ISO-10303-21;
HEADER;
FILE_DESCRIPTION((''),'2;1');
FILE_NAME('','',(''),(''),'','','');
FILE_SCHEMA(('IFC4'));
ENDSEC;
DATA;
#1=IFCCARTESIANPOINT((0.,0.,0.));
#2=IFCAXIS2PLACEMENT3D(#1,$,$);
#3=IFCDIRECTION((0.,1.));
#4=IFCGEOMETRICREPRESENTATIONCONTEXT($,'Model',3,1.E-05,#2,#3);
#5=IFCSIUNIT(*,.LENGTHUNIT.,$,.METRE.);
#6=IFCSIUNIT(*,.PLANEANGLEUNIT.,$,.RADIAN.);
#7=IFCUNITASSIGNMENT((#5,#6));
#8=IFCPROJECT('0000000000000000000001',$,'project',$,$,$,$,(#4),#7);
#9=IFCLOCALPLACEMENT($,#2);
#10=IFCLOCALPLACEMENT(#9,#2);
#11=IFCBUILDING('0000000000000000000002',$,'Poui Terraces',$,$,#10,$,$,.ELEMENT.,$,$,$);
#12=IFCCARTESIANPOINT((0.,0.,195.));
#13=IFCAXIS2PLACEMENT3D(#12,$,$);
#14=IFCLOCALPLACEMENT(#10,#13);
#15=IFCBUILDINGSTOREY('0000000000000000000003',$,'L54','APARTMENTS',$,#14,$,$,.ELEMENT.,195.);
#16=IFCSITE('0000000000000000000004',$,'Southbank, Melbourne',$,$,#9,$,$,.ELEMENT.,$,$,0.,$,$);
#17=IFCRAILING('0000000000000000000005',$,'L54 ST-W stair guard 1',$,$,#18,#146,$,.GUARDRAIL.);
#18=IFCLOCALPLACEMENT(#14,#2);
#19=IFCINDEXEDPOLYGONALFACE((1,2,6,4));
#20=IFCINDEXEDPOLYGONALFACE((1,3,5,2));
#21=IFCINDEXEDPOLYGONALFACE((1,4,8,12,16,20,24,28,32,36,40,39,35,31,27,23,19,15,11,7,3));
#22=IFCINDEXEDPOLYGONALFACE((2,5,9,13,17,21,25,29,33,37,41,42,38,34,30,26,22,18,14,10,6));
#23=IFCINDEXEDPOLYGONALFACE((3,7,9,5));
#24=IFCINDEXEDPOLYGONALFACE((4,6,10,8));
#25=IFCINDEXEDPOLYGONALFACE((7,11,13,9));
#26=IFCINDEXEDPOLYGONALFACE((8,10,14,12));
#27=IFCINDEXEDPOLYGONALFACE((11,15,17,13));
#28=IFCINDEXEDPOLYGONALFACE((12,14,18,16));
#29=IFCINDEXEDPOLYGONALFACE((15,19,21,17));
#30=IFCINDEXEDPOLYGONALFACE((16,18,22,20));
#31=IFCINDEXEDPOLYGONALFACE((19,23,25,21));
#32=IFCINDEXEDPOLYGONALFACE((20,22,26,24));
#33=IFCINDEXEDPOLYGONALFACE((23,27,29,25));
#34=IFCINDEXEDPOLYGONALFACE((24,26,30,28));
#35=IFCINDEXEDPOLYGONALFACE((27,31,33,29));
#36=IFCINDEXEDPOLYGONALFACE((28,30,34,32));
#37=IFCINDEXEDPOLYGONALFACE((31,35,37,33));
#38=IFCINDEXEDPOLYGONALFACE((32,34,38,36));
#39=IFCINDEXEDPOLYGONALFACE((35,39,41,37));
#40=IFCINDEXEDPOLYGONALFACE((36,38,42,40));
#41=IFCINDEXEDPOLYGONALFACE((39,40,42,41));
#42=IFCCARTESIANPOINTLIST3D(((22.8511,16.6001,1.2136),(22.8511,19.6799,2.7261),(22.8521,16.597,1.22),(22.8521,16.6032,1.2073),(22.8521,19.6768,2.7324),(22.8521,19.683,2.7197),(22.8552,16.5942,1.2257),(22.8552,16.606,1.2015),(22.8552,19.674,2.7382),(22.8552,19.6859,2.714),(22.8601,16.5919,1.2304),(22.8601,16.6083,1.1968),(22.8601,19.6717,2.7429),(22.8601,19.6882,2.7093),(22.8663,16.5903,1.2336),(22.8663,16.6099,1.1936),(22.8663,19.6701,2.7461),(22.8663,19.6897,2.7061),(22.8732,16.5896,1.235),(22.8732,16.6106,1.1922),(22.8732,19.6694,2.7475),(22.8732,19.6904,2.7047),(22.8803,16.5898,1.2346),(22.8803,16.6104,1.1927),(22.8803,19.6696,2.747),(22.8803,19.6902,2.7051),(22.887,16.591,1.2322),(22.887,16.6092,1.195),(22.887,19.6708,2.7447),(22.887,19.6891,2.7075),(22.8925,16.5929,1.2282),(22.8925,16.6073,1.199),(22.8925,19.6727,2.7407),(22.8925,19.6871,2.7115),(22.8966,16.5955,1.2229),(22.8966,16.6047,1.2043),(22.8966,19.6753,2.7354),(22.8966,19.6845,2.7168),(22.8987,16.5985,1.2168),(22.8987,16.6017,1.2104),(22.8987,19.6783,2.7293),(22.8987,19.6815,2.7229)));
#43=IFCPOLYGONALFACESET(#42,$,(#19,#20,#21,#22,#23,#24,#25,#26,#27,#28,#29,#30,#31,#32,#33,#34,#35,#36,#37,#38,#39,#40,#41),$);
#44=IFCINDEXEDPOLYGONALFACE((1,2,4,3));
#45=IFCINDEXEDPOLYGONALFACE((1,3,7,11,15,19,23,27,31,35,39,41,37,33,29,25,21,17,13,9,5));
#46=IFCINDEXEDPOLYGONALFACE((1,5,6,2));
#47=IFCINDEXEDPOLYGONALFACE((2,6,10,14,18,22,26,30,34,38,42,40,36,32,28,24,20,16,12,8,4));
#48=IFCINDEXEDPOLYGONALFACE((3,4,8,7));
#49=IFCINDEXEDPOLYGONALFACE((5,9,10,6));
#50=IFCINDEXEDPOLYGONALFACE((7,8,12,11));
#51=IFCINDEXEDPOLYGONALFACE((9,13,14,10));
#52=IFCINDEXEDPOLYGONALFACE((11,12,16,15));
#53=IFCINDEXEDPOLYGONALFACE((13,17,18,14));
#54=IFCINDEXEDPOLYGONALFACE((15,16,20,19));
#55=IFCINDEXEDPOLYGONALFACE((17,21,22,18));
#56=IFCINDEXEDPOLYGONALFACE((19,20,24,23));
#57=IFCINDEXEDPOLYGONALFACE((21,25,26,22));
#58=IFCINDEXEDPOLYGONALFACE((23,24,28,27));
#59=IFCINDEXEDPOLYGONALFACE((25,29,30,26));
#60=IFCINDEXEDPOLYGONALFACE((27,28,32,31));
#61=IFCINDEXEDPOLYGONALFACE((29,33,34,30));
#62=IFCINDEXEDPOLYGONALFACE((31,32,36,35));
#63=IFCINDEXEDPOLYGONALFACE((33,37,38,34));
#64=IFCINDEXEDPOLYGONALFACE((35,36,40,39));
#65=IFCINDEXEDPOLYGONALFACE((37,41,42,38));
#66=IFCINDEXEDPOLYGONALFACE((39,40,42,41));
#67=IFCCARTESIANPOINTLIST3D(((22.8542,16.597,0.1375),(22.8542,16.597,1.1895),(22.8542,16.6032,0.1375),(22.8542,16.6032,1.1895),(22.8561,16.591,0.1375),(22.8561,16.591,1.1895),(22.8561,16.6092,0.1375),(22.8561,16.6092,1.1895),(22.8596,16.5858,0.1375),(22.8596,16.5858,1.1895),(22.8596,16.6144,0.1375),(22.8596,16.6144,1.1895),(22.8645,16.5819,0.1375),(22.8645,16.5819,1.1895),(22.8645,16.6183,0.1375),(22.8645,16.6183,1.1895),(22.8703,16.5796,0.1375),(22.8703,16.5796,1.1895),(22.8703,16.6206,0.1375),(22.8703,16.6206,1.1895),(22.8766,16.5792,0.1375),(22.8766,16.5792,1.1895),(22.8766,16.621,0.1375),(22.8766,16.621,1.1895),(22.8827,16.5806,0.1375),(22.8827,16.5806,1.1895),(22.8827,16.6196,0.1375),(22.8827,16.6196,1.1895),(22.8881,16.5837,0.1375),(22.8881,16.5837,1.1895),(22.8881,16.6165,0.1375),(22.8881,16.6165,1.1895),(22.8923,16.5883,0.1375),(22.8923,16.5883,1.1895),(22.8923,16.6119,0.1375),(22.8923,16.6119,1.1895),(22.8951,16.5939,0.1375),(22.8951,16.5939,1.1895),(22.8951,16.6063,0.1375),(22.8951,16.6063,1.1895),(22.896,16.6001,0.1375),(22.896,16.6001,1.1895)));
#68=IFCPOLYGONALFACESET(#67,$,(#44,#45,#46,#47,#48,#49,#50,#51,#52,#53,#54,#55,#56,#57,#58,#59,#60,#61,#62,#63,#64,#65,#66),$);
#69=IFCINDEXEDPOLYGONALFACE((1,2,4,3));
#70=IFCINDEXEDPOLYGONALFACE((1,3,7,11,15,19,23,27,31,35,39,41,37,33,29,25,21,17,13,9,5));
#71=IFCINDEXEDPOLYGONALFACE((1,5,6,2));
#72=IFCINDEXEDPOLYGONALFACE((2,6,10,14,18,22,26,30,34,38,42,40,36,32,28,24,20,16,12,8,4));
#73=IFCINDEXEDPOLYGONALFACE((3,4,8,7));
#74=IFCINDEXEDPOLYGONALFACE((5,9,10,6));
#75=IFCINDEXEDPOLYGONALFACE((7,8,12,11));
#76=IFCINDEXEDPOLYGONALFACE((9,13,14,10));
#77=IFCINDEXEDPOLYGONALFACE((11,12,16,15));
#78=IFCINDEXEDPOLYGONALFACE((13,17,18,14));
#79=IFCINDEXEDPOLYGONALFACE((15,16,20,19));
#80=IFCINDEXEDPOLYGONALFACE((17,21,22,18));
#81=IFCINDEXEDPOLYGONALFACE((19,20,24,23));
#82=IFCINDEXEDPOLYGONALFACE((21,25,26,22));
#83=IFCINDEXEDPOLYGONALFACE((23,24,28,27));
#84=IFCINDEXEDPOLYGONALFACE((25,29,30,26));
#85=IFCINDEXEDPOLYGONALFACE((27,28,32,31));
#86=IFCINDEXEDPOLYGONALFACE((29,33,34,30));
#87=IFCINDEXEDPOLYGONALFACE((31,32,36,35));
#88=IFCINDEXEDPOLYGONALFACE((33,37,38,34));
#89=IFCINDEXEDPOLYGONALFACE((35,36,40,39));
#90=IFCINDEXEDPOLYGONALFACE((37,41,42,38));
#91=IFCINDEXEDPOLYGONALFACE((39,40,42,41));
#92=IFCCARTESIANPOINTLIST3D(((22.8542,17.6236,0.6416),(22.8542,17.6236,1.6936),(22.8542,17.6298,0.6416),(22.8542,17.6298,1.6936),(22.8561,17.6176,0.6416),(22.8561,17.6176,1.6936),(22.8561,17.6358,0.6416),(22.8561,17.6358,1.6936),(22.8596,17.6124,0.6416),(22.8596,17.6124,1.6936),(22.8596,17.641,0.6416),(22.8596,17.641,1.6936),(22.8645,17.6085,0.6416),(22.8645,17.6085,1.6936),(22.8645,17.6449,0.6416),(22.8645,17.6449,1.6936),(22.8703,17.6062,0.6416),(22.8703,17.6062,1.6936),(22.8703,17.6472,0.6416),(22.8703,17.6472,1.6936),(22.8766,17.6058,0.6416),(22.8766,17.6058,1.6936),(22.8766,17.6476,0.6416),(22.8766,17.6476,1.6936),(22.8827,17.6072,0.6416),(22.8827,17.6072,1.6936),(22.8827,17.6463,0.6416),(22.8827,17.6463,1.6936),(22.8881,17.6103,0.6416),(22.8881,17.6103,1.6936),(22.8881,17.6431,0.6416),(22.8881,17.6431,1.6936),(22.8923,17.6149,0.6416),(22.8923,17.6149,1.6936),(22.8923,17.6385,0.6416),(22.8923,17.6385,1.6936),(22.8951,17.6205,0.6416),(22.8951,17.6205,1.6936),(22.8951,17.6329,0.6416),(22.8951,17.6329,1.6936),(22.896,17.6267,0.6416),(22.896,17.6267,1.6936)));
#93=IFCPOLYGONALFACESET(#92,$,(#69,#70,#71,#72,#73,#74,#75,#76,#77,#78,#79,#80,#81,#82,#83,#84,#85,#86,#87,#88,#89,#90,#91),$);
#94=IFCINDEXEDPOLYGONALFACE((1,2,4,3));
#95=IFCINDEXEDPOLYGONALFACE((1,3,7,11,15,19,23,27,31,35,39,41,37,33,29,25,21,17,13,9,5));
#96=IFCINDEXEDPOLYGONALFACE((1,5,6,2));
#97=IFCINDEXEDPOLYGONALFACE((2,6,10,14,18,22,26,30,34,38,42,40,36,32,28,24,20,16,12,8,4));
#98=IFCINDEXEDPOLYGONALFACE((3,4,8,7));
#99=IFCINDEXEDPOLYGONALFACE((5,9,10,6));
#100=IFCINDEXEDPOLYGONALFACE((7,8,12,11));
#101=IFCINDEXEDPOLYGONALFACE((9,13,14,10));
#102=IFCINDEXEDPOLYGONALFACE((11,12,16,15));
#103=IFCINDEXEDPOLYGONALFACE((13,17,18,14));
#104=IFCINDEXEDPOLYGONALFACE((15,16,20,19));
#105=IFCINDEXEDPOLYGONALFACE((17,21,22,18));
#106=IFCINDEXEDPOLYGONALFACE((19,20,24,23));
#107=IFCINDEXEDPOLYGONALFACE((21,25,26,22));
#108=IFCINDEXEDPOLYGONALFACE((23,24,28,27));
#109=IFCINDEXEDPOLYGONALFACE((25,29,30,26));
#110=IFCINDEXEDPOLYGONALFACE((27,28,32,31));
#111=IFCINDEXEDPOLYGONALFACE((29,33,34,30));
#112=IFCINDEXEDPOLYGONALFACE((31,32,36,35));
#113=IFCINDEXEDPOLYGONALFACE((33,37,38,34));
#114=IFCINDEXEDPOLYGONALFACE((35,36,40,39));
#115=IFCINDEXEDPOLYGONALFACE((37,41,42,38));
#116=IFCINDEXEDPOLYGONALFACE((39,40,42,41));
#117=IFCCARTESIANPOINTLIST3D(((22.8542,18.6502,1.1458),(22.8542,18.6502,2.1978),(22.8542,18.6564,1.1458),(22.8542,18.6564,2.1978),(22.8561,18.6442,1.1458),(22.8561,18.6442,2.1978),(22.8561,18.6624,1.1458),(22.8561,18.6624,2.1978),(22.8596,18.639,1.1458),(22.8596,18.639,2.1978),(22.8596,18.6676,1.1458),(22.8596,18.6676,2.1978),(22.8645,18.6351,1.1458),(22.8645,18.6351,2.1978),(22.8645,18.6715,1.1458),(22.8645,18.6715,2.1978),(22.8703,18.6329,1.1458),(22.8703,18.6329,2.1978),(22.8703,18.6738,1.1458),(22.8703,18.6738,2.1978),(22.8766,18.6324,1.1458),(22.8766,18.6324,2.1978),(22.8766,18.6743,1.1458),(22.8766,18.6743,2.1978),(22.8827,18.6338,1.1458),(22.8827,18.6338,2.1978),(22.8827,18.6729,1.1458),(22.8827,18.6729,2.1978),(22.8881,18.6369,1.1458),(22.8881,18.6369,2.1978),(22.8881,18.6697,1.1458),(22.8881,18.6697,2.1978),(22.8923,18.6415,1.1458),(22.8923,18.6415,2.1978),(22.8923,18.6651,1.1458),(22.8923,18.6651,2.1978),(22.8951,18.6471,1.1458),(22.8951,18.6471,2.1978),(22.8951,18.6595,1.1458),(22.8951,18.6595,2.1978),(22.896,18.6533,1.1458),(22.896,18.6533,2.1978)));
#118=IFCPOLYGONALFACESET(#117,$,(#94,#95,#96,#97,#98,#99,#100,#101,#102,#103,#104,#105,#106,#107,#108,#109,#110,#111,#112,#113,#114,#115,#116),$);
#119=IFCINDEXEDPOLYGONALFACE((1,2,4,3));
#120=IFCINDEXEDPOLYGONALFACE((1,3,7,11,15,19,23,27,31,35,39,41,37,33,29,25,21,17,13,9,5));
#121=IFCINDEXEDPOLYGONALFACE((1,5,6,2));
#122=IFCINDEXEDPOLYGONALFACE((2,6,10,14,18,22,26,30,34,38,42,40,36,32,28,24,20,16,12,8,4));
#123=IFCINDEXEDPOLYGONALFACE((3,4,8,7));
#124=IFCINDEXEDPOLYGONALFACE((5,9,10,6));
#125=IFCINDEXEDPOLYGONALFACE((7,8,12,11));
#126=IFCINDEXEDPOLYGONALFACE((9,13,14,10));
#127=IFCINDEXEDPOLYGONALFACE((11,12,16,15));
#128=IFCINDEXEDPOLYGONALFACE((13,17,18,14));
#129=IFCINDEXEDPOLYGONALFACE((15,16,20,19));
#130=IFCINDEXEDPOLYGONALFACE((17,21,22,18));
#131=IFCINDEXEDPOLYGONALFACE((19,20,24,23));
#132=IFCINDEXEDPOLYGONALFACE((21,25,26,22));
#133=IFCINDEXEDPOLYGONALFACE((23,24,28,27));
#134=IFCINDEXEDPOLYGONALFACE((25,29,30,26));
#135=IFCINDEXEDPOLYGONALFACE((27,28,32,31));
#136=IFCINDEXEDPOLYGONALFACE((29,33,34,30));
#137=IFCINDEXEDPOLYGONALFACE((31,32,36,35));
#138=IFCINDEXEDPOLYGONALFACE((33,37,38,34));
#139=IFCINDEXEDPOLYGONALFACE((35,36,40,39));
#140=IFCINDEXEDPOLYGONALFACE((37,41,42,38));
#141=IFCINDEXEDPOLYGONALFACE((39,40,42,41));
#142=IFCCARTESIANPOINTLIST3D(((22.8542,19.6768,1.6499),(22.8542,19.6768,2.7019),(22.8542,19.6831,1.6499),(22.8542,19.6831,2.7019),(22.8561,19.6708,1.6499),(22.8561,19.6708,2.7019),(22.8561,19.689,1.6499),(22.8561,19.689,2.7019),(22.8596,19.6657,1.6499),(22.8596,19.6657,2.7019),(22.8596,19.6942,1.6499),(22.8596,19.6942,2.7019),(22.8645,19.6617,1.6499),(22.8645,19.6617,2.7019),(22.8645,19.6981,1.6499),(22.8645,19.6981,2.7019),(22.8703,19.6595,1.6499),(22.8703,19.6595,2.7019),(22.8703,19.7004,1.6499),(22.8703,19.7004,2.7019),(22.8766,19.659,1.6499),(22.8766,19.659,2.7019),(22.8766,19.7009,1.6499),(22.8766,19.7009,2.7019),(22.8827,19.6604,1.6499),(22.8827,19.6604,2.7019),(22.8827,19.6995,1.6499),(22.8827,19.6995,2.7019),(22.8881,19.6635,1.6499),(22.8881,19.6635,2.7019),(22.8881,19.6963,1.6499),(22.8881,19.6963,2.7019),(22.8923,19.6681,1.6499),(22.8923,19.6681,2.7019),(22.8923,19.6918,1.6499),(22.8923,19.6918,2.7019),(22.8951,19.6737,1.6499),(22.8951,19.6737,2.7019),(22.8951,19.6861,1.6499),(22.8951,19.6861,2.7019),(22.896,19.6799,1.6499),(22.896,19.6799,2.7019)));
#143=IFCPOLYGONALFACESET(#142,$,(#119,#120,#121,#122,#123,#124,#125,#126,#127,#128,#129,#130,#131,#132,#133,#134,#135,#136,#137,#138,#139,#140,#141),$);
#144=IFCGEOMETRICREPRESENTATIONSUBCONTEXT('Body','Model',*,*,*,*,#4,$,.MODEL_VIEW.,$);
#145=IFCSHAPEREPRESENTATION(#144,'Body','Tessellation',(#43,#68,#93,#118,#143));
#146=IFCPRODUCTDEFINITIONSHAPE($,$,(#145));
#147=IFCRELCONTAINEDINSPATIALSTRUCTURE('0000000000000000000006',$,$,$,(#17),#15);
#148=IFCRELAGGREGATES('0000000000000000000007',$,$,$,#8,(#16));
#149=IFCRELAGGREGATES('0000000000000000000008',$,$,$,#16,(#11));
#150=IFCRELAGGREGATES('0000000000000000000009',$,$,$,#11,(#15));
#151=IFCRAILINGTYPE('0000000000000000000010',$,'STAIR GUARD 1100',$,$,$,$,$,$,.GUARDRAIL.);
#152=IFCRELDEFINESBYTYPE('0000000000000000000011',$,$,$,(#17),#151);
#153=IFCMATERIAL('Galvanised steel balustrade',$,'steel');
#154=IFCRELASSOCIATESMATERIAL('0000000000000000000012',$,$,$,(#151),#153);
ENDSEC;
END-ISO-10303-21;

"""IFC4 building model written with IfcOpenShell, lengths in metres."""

from ifc_helpers import new_model, si_unit, direction, frame, origin, origin_2d, place, context, subcontext, project, spatial, circle, extrude, material, type_object, element, save


model = new_model("IFC4")

# Units and contexts
model_context = context("Model", 3, precision=1e-05, world=origin(), true_north=direction((0.0, 1.0)))
body_context = subcontext(model_context, "Body", "Model", "MODEL_VIEW")
ifc_project = project(units=[si_unit("LENGTHUNIT", "METRE"), si_unit("PLANEANGLEUNIT", "RADIAN")], contexts=[model_context])

# Site, building, storey
site_placement = place(None, origin())
site = spatial("IfcSite", under=ifc_project, at=site_placement, Name="Southbank, Melbourne", CompositionType="ELEMENT", RefElevation=0.0)
building_placement = place(site_placement, origin())
building = spatial("IfcBuilding", under=site, at=building_placement, Name="Poui Terraces", CompositionType="ELEMENT")
storey_placement = place(building_placement, frame((0.0, 0.0, 195.0)))
storey = spatial("IfcBuildingStorey", under=building, at=storey_placement, Name="L54", Description="APARTMENTS", CompositionType="ELEMENT", Elevation=195.0)

# Railing
ifc_material_1 = material(Name="Galvanised steel balustrade", Category="steel")
railing_type_1 = type_object("IfcRailingType", Name="STAIR GUARD 1100", PredefinedType="GUARDRAIL", material=ifc_material_1)
railing_1_placement = place(storey_placement, frame((22.875, 16.6001, 0.1375)))
element("IfcRailing", 1, at=railing_1_placement, inside=storey, type_object=railing_type_1, Name="L54 ST-W stair guard 1", PredefinedType="GUARDRAIL", context=body_context, shape_type="SweptSolid", body=[
    extrude(circle(Radius=0.0239, at=origin_2d()), frame((0.0, 0.0, 1.0762), z_axis=(0.0, 0.897606, 0.440798), x_axis=(-1.0, 0.0, 0.0)), (0.0, 0.0, 1.0), 3.4312),
    extrude(circle(Radius=0.021, at=origin_2d()), origin(), (0.0, 0.0, 1.0), 1.052),
    extrude(circle(Radius=0.021, at=origin_2d()), frame((0.0, 1.0266, 0.5042)), (0.0, 0.0, 1.0), 1.052),
    extrude(circle(Radius=0.021, at=origin_2d()), frame((0.0, 2.0532, 1.0083)), (0.0, 0.0, 1.0), 1.052),
    extrude(circle(Radius=0.021, at=origin_2d()), frame((0.0, 3.0798, 1.5125)), (0.0, 0.0, 1.0), 1.052),
])

save(model, "model.ifc")
